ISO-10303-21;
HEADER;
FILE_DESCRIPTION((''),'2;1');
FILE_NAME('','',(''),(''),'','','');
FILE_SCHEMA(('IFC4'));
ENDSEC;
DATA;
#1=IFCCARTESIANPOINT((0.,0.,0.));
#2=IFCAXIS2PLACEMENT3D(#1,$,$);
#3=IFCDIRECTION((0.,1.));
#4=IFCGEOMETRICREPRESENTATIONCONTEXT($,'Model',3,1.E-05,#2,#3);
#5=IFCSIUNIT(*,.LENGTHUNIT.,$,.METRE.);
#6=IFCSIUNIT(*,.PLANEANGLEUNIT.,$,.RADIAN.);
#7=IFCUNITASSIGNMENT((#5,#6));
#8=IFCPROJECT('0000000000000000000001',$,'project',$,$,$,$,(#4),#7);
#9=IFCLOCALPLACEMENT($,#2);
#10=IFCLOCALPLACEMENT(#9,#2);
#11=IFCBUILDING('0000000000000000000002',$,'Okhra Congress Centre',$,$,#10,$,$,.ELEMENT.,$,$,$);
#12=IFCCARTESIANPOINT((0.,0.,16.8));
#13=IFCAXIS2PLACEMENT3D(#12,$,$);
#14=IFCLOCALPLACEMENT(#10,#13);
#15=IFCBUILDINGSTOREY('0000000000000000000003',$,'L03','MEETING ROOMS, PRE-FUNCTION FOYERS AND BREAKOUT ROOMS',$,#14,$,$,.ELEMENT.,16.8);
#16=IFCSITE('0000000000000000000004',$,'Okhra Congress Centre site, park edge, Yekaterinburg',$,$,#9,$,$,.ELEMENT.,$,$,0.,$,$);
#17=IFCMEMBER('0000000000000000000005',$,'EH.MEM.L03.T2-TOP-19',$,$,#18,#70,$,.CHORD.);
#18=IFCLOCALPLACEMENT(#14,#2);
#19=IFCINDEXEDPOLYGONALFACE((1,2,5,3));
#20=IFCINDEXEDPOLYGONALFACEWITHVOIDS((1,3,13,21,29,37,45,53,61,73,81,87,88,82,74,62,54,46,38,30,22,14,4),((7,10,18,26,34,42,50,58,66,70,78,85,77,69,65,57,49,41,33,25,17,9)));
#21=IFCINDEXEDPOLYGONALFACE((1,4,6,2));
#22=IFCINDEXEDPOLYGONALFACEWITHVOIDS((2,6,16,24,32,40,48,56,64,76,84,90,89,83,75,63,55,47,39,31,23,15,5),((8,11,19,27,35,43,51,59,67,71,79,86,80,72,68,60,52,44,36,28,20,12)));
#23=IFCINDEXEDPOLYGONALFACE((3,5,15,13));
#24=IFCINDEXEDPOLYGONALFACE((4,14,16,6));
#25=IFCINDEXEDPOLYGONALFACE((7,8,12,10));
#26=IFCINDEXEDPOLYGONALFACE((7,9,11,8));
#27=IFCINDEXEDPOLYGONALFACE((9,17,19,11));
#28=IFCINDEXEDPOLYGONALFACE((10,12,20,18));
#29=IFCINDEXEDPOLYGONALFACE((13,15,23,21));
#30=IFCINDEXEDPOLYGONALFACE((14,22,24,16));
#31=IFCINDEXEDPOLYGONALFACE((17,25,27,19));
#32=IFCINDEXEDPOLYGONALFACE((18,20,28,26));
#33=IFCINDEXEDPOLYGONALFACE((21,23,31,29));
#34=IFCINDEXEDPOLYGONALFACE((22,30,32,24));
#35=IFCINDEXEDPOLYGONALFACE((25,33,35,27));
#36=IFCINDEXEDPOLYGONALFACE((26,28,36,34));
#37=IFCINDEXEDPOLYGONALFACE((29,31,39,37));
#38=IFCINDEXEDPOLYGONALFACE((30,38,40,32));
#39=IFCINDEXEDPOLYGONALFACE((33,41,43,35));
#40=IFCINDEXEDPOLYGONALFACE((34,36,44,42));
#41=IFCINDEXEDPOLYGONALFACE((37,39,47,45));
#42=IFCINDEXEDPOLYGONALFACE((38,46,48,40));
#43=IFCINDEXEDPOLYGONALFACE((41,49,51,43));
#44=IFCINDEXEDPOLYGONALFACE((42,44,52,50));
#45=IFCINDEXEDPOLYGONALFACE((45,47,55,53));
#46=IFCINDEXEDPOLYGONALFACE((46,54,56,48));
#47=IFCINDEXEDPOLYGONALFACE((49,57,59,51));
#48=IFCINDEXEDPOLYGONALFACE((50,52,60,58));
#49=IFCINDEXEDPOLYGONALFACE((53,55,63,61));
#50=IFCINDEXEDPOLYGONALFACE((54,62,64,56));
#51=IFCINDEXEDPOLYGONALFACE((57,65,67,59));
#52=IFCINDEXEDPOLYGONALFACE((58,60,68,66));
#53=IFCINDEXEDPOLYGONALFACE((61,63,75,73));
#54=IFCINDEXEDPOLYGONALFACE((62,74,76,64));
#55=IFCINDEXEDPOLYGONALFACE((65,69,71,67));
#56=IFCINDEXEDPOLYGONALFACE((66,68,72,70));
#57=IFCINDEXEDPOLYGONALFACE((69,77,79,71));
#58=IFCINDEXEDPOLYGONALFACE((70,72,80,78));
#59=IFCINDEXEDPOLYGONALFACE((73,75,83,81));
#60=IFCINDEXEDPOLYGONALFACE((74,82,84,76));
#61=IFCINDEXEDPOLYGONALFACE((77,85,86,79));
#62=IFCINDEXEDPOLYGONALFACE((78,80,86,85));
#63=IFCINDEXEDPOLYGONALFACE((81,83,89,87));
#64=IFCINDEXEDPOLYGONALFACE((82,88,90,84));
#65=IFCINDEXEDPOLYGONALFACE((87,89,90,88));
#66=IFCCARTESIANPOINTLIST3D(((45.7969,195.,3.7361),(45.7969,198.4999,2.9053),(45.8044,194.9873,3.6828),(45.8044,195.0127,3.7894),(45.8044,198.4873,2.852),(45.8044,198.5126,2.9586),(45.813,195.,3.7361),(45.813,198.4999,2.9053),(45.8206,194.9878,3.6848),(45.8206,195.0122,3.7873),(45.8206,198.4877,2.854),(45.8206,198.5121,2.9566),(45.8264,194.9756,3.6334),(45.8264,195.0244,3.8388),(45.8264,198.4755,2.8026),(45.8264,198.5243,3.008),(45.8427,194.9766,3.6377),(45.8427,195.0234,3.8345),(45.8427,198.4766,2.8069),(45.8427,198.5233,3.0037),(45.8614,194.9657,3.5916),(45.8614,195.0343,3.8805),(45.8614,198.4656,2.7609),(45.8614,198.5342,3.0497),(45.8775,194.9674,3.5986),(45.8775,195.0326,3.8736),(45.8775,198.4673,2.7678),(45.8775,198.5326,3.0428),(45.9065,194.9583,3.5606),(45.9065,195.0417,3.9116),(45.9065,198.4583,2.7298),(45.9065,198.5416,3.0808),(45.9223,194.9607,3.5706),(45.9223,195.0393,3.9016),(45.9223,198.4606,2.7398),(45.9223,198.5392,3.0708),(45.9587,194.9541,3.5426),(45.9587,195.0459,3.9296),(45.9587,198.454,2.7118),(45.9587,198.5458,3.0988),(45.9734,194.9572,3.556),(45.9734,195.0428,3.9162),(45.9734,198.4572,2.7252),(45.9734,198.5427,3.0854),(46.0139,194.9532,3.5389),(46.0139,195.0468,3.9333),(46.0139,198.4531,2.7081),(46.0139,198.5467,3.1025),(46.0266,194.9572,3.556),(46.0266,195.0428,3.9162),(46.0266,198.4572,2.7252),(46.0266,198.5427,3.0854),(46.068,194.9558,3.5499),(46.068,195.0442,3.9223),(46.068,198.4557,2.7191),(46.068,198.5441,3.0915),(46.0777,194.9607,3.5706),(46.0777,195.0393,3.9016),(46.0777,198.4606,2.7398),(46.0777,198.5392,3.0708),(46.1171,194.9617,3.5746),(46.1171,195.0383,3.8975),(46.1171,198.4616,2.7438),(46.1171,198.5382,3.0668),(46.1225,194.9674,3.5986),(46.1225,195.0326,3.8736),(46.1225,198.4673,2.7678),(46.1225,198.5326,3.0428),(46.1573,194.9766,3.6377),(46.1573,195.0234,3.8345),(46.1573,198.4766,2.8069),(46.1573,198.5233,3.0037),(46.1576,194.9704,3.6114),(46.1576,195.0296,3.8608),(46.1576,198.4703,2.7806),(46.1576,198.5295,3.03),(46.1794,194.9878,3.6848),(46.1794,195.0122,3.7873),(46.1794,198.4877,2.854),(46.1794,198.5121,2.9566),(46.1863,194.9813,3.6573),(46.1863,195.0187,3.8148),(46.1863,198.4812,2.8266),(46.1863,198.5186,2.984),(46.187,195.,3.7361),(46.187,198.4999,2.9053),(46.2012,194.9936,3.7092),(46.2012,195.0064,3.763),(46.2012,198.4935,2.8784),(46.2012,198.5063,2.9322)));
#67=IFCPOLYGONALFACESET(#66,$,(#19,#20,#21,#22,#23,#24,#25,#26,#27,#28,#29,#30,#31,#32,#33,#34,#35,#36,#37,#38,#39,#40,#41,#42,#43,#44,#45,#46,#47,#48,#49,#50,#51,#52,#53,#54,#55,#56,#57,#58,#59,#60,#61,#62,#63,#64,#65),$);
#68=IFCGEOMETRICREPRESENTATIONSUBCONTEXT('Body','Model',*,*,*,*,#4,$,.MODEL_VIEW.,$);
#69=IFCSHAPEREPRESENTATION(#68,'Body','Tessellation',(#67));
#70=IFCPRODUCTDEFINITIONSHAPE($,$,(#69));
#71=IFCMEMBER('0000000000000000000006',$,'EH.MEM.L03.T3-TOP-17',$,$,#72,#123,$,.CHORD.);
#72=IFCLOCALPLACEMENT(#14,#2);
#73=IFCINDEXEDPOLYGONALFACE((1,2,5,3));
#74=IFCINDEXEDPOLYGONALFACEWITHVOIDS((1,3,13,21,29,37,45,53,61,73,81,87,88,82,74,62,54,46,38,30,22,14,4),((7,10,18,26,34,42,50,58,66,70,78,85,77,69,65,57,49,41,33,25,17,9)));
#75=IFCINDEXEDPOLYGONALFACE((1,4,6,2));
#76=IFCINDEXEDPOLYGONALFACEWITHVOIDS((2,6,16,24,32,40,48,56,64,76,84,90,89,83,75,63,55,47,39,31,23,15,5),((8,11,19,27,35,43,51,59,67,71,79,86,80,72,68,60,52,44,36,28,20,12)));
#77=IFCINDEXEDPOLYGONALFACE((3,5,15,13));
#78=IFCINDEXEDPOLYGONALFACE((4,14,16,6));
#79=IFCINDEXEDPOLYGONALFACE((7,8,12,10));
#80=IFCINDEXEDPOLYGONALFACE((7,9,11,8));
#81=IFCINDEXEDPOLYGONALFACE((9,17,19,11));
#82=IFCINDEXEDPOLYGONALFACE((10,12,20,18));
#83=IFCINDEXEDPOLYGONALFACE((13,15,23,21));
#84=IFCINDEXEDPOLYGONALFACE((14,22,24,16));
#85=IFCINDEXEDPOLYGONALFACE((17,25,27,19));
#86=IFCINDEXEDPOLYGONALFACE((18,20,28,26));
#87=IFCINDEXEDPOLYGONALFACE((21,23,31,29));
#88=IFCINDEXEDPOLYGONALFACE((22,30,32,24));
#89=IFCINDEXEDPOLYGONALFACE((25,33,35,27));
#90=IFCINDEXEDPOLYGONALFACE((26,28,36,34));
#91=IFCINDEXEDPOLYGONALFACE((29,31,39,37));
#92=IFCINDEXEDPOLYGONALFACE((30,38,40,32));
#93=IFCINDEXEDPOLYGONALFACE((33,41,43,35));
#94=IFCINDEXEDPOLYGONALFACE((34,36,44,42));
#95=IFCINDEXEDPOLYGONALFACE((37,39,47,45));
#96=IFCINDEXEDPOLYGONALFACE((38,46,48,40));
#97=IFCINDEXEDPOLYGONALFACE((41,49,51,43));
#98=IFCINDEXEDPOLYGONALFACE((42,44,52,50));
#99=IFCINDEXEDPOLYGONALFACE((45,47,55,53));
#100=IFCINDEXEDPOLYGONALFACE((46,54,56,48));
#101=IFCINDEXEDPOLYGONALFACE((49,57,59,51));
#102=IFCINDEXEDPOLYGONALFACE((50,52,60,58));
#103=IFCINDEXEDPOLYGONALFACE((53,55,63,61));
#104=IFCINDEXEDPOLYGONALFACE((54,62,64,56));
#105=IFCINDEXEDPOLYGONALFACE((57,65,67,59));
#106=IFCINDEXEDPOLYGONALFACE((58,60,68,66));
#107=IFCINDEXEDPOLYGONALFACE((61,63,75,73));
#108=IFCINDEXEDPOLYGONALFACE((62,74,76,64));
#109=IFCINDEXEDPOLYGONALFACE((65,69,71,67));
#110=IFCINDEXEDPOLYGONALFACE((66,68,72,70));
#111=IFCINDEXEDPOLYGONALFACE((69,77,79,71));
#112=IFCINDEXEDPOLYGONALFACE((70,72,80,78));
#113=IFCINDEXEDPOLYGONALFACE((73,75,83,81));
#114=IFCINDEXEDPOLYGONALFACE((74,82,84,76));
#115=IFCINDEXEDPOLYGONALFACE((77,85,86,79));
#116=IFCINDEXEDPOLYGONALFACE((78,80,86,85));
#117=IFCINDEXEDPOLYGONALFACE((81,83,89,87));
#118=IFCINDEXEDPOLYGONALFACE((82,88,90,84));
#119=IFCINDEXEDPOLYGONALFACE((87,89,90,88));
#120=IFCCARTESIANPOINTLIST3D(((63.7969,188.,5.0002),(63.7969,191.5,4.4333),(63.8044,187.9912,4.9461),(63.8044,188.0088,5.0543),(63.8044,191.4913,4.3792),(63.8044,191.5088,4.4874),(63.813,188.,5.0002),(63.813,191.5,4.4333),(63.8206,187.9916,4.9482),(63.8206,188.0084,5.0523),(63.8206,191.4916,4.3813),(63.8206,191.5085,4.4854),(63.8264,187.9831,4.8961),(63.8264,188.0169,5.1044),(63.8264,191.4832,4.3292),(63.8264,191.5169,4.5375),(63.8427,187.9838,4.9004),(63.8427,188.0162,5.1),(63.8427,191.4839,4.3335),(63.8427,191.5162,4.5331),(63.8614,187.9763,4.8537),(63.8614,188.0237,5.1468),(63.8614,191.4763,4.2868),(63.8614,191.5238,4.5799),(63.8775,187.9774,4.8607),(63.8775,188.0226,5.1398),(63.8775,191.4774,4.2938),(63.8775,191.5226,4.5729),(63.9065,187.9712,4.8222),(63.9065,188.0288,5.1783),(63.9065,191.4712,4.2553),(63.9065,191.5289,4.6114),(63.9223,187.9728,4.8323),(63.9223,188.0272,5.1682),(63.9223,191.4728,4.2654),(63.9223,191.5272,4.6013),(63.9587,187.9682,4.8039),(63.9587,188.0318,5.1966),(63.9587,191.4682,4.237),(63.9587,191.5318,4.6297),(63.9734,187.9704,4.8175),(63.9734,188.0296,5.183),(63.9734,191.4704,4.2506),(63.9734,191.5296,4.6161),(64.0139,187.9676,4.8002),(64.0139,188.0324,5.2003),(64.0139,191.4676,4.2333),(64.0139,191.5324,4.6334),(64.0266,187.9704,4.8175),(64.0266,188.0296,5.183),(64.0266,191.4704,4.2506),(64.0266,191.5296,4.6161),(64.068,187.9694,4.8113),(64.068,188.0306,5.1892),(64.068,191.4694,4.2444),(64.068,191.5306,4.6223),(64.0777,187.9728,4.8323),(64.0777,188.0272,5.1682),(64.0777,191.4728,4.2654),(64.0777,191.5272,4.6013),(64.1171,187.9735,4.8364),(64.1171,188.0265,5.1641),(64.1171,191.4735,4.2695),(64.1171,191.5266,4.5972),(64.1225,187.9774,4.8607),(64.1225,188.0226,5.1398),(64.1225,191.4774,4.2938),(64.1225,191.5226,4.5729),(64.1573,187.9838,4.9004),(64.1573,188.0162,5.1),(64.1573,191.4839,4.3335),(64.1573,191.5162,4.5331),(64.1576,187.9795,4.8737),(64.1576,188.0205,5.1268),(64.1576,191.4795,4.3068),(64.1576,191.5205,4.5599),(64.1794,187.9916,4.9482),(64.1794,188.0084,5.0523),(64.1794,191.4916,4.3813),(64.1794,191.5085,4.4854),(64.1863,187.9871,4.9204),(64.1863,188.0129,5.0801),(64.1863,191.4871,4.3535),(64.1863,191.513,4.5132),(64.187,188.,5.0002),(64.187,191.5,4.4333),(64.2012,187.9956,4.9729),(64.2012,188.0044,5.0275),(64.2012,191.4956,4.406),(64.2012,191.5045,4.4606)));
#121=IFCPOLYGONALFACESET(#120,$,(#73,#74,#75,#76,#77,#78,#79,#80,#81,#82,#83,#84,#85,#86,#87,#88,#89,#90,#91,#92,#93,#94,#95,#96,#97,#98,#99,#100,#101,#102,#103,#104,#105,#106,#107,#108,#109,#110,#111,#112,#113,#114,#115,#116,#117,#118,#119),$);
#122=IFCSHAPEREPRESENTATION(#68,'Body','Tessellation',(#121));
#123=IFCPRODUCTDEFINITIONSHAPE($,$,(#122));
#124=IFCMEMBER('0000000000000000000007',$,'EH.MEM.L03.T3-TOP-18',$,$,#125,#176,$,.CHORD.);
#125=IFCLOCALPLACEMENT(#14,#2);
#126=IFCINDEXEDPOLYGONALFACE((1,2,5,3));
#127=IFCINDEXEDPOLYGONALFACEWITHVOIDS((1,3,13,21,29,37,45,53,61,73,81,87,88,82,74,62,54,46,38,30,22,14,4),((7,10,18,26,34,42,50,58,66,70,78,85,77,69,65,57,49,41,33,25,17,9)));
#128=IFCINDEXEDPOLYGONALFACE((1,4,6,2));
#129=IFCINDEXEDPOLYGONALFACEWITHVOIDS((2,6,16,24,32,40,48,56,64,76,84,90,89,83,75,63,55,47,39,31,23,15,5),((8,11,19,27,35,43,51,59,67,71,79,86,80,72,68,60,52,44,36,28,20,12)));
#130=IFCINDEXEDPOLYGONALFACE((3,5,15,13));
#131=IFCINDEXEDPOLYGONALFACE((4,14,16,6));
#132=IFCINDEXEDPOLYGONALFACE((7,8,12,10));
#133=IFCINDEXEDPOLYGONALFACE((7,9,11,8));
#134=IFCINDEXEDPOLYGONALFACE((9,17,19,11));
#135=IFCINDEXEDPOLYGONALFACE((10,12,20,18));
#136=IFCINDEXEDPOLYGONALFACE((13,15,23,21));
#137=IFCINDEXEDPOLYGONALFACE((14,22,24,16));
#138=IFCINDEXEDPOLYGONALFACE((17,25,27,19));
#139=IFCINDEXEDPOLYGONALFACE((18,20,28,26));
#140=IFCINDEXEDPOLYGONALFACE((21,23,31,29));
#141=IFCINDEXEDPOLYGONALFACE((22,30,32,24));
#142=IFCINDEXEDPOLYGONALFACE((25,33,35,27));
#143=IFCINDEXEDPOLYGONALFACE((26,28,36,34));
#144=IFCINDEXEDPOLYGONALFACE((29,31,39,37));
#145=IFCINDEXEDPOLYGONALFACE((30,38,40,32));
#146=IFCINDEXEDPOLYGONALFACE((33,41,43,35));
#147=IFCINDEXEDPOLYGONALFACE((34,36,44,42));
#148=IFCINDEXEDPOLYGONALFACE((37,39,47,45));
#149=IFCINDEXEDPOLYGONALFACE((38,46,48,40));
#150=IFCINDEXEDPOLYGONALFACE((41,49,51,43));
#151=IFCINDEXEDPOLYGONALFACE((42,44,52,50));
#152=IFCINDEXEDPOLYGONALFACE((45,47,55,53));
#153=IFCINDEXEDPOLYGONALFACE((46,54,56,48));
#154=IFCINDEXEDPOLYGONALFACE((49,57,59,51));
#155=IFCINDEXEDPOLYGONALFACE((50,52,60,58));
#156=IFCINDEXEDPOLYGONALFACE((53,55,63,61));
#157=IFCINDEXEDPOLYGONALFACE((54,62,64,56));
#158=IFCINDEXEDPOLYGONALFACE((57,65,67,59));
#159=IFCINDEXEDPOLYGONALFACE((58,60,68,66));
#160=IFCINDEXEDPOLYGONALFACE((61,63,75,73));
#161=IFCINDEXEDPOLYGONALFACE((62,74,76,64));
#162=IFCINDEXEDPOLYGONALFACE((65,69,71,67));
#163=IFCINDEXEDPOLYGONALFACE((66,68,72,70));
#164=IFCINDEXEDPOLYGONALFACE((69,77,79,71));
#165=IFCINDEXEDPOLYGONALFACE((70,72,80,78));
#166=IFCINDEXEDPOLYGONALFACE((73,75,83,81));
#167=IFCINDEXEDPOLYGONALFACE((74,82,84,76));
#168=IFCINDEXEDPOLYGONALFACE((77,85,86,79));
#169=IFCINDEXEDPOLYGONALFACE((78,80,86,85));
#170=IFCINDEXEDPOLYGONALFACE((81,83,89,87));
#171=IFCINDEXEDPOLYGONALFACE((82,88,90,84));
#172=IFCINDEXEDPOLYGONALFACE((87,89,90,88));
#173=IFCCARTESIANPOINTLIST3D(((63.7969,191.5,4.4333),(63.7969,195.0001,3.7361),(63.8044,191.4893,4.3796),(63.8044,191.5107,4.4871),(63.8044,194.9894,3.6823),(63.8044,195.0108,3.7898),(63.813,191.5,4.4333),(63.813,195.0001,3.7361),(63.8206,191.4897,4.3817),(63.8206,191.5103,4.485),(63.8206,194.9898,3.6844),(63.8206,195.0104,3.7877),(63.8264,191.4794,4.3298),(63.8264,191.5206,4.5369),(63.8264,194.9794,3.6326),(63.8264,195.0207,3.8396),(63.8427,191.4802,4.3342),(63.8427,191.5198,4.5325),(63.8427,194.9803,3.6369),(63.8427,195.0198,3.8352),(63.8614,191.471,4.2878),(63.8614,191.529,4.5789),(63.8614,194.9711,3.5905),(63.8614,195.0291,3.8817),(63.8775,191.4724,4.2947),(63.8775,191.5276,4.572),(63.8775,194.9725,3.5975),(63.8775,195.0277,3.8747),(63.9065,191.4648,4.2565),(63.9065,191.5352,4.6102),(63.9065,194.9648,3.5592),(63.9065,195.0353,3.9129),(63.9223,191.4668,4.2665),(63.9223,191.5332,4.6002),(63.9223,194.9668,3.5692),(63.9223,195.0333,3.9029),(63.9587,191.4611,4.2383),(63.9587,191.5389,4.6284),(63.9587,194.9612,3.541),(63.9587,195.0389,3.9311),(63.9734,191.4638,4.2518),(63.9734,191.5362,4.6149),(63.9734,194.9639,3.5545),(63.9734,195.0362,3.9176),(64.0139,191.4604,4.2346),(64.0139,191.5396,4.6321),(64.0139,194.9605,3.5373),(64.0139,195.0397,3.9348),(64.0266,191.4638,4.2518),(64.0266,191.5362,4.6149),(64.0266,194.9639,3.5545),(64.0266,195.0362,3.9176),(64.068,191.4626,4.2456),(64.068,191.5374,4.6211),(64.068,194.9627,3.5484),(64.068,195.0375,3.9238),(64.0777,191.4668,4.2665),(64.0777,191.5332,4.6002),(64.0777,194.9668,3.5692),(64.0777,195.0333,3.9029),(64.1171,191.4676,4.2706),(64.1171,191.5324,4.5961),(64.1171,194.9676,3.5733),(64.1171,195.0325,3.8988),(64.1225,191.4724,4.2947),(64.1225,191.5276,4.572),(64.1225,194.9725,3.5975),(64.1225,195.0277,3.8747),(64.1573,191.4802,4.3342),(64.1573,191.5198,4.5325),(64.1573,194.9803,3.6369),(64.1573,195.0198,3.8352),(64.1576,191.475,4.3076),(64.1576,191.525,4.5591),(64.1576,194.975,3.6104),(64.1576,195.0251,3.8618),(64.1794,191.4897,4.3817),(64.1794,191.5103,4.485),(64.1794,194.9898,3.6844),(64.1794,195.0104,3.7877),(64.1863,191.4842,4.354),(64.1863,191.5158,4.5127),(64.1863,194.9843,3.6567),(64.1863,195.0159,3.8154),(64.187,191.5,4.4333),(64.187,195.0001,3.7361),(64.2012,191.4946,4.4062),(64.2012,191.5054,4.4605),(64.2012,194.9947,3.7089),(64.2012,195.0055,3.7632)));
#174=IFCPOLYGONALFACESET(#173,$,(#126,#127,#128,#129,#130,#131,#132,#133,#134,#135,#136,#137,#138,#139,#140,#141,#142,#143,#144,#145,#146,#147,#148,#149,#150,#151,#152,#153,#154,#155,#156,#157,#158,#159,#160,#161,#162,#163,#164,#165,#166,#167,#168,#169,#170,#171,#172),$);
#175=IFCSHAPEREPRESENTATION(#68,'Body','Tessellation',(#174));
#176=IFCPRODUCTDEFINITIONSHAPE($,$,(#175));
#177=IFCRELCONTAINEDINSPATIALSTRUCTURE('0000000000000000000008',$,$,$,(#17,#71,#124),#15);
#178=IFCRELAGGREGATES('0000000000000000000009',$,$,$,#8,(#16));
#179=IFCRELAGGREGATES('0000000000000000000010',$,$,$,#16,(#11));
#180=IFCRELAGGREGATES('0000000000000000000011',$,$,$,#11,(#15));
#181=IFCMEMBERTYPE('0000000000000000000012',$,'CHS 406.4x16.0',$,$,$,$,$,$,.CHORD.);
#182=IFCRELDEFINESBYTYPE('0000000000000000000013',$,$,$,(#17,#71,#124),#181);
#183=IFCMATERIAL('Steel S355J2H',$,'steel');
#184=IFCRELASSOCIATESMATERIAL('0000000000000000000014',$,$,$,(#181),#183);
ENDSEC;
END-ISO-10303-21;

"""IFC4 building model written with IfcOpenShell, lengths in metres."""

from ifc_helpers import new_model, si_unit, direction, frame, origin, origin_2d, place, context, subcontext, project, spatial, hollow_circle, extrude, material, material_profile, profile_set, type_object, element, save


model = new_model("IFC4")

# Units and contexts
model_context = context("Model", 3, precision=1e-05, world=origin(), true_north=direction((0.0, 1.0)))
body_context = subcontext(model_context, "Body", "Model", "MODEL_VIEW")
ifc_project = project(units=[si_unit("LENGTHUNIT", "METRE"), si_unit("PLANEANGLEUNIT", "RADIAN")], contexts=[model_context])

# Site, building, storey
site_placement = place(None, origin())
site = spatial("IfcSite", under=ifc_project, at=site_placement, Name="Okhra Congress Centre site, park edge, Yekaterinburg", CompositionType="ELEMENT", RefElevation=0.0)
building_placement = place(site_placement, origin())
building = spatial("IfcBuilding", under=site, at=building_placement, Name="Okhra Congress Centre", CompositionType="ELEMENT")
storey_placement = place(building_placement, frame((0.0, 0.0, 16.8)))
storey = spatial("IfcBuildingStorey", under=building, at=storey_placement, Name="L03", Description="MEETING ROOMS, PRE-FUNCTION FOYERS AND BREAKOUT ROOMS", CompositionType="ELEMENT", Elevation=16.8)

# Members
ifc_material_1 = material(Name="Steel S355J2H", Category="steel")
ifc_material_profile_1 = material_profile(ifc_material_1, hollow_circle(Radius=0.2031, WallThickness=0.0161, at=origin_2d()), Name="CHS 406.4x16.0")
ifc_profile_set_1 = profile_set([ifc_material_profile_1], Name="Steel S355J2H")
member_type_1 = type_object("IfcMemberType", Name="CHS 406.4x16.0", PredefinedType="CHORD", material=ifc_profile_set_1)
member_1_placement = place(storey_placement, frame((46.0, 195.0, 3.7361), z_axis=(0.0, 0.972964, -0.230957), x_axis=(-1.0, 0.0, 0.0)))
element("IfcMember", 1, at=member_1_placement, inside=storey, type_object=member_type_1, Name="EH.MEM.L03.T2-TOP-19", PredefinedType="CHORD", context=body_context, shape_type="SweptSolid", body=[
    extrude(hollow_circle(Radius=0.2031, WallThickness=0.0161, at=origin_2d()), origin(), (0.0, 0.0, 1.0), 3.5972),
])
member_2_placement = place(storey_placement, frame((64.0, 188.0, 5.0002), z_axis=(0.0, 0.987135, -0.159886), x_axis=(-1.0, 0.0, 0.0)))
element("IfcMember", 2, at=member_2_placement, inside=storey, type_object=member_type_1, Name="EH.MEM.L03.T3-TOP-17", PredefinedType="CHORD", context=body_context, shape_type="SweptSolid", body=[
    extrude(hollow_circle(Radius=0.2031, WallThickness=0.0161, at=origin_2d()), origin(), (0.0, 0.0, 1.0), 3.5457),
])
member_3_placement = place(storey_placement, frame((64.0, 191.5, 4.4333), z_axis=(0.0, 0.980728, -0.195379), x_axis=(-1.0, 0.0, 0.0)))
element("IfcMember", 3, at=member_3_placement, inside=storey, type_object=member_type_1, Name="EH.MEM.L03.T3-TOP-18", PredefinedType="CHORD", context=body_context, shape_type="SweptSolid", body=[
    extrude(hollow_circle(Radius=0.2031, WallThickness=0.0161, at=origin_2d()), origin(), (0.0, 0.0, 1.0), 3.5688),
])

save(model, "model.ifc")
